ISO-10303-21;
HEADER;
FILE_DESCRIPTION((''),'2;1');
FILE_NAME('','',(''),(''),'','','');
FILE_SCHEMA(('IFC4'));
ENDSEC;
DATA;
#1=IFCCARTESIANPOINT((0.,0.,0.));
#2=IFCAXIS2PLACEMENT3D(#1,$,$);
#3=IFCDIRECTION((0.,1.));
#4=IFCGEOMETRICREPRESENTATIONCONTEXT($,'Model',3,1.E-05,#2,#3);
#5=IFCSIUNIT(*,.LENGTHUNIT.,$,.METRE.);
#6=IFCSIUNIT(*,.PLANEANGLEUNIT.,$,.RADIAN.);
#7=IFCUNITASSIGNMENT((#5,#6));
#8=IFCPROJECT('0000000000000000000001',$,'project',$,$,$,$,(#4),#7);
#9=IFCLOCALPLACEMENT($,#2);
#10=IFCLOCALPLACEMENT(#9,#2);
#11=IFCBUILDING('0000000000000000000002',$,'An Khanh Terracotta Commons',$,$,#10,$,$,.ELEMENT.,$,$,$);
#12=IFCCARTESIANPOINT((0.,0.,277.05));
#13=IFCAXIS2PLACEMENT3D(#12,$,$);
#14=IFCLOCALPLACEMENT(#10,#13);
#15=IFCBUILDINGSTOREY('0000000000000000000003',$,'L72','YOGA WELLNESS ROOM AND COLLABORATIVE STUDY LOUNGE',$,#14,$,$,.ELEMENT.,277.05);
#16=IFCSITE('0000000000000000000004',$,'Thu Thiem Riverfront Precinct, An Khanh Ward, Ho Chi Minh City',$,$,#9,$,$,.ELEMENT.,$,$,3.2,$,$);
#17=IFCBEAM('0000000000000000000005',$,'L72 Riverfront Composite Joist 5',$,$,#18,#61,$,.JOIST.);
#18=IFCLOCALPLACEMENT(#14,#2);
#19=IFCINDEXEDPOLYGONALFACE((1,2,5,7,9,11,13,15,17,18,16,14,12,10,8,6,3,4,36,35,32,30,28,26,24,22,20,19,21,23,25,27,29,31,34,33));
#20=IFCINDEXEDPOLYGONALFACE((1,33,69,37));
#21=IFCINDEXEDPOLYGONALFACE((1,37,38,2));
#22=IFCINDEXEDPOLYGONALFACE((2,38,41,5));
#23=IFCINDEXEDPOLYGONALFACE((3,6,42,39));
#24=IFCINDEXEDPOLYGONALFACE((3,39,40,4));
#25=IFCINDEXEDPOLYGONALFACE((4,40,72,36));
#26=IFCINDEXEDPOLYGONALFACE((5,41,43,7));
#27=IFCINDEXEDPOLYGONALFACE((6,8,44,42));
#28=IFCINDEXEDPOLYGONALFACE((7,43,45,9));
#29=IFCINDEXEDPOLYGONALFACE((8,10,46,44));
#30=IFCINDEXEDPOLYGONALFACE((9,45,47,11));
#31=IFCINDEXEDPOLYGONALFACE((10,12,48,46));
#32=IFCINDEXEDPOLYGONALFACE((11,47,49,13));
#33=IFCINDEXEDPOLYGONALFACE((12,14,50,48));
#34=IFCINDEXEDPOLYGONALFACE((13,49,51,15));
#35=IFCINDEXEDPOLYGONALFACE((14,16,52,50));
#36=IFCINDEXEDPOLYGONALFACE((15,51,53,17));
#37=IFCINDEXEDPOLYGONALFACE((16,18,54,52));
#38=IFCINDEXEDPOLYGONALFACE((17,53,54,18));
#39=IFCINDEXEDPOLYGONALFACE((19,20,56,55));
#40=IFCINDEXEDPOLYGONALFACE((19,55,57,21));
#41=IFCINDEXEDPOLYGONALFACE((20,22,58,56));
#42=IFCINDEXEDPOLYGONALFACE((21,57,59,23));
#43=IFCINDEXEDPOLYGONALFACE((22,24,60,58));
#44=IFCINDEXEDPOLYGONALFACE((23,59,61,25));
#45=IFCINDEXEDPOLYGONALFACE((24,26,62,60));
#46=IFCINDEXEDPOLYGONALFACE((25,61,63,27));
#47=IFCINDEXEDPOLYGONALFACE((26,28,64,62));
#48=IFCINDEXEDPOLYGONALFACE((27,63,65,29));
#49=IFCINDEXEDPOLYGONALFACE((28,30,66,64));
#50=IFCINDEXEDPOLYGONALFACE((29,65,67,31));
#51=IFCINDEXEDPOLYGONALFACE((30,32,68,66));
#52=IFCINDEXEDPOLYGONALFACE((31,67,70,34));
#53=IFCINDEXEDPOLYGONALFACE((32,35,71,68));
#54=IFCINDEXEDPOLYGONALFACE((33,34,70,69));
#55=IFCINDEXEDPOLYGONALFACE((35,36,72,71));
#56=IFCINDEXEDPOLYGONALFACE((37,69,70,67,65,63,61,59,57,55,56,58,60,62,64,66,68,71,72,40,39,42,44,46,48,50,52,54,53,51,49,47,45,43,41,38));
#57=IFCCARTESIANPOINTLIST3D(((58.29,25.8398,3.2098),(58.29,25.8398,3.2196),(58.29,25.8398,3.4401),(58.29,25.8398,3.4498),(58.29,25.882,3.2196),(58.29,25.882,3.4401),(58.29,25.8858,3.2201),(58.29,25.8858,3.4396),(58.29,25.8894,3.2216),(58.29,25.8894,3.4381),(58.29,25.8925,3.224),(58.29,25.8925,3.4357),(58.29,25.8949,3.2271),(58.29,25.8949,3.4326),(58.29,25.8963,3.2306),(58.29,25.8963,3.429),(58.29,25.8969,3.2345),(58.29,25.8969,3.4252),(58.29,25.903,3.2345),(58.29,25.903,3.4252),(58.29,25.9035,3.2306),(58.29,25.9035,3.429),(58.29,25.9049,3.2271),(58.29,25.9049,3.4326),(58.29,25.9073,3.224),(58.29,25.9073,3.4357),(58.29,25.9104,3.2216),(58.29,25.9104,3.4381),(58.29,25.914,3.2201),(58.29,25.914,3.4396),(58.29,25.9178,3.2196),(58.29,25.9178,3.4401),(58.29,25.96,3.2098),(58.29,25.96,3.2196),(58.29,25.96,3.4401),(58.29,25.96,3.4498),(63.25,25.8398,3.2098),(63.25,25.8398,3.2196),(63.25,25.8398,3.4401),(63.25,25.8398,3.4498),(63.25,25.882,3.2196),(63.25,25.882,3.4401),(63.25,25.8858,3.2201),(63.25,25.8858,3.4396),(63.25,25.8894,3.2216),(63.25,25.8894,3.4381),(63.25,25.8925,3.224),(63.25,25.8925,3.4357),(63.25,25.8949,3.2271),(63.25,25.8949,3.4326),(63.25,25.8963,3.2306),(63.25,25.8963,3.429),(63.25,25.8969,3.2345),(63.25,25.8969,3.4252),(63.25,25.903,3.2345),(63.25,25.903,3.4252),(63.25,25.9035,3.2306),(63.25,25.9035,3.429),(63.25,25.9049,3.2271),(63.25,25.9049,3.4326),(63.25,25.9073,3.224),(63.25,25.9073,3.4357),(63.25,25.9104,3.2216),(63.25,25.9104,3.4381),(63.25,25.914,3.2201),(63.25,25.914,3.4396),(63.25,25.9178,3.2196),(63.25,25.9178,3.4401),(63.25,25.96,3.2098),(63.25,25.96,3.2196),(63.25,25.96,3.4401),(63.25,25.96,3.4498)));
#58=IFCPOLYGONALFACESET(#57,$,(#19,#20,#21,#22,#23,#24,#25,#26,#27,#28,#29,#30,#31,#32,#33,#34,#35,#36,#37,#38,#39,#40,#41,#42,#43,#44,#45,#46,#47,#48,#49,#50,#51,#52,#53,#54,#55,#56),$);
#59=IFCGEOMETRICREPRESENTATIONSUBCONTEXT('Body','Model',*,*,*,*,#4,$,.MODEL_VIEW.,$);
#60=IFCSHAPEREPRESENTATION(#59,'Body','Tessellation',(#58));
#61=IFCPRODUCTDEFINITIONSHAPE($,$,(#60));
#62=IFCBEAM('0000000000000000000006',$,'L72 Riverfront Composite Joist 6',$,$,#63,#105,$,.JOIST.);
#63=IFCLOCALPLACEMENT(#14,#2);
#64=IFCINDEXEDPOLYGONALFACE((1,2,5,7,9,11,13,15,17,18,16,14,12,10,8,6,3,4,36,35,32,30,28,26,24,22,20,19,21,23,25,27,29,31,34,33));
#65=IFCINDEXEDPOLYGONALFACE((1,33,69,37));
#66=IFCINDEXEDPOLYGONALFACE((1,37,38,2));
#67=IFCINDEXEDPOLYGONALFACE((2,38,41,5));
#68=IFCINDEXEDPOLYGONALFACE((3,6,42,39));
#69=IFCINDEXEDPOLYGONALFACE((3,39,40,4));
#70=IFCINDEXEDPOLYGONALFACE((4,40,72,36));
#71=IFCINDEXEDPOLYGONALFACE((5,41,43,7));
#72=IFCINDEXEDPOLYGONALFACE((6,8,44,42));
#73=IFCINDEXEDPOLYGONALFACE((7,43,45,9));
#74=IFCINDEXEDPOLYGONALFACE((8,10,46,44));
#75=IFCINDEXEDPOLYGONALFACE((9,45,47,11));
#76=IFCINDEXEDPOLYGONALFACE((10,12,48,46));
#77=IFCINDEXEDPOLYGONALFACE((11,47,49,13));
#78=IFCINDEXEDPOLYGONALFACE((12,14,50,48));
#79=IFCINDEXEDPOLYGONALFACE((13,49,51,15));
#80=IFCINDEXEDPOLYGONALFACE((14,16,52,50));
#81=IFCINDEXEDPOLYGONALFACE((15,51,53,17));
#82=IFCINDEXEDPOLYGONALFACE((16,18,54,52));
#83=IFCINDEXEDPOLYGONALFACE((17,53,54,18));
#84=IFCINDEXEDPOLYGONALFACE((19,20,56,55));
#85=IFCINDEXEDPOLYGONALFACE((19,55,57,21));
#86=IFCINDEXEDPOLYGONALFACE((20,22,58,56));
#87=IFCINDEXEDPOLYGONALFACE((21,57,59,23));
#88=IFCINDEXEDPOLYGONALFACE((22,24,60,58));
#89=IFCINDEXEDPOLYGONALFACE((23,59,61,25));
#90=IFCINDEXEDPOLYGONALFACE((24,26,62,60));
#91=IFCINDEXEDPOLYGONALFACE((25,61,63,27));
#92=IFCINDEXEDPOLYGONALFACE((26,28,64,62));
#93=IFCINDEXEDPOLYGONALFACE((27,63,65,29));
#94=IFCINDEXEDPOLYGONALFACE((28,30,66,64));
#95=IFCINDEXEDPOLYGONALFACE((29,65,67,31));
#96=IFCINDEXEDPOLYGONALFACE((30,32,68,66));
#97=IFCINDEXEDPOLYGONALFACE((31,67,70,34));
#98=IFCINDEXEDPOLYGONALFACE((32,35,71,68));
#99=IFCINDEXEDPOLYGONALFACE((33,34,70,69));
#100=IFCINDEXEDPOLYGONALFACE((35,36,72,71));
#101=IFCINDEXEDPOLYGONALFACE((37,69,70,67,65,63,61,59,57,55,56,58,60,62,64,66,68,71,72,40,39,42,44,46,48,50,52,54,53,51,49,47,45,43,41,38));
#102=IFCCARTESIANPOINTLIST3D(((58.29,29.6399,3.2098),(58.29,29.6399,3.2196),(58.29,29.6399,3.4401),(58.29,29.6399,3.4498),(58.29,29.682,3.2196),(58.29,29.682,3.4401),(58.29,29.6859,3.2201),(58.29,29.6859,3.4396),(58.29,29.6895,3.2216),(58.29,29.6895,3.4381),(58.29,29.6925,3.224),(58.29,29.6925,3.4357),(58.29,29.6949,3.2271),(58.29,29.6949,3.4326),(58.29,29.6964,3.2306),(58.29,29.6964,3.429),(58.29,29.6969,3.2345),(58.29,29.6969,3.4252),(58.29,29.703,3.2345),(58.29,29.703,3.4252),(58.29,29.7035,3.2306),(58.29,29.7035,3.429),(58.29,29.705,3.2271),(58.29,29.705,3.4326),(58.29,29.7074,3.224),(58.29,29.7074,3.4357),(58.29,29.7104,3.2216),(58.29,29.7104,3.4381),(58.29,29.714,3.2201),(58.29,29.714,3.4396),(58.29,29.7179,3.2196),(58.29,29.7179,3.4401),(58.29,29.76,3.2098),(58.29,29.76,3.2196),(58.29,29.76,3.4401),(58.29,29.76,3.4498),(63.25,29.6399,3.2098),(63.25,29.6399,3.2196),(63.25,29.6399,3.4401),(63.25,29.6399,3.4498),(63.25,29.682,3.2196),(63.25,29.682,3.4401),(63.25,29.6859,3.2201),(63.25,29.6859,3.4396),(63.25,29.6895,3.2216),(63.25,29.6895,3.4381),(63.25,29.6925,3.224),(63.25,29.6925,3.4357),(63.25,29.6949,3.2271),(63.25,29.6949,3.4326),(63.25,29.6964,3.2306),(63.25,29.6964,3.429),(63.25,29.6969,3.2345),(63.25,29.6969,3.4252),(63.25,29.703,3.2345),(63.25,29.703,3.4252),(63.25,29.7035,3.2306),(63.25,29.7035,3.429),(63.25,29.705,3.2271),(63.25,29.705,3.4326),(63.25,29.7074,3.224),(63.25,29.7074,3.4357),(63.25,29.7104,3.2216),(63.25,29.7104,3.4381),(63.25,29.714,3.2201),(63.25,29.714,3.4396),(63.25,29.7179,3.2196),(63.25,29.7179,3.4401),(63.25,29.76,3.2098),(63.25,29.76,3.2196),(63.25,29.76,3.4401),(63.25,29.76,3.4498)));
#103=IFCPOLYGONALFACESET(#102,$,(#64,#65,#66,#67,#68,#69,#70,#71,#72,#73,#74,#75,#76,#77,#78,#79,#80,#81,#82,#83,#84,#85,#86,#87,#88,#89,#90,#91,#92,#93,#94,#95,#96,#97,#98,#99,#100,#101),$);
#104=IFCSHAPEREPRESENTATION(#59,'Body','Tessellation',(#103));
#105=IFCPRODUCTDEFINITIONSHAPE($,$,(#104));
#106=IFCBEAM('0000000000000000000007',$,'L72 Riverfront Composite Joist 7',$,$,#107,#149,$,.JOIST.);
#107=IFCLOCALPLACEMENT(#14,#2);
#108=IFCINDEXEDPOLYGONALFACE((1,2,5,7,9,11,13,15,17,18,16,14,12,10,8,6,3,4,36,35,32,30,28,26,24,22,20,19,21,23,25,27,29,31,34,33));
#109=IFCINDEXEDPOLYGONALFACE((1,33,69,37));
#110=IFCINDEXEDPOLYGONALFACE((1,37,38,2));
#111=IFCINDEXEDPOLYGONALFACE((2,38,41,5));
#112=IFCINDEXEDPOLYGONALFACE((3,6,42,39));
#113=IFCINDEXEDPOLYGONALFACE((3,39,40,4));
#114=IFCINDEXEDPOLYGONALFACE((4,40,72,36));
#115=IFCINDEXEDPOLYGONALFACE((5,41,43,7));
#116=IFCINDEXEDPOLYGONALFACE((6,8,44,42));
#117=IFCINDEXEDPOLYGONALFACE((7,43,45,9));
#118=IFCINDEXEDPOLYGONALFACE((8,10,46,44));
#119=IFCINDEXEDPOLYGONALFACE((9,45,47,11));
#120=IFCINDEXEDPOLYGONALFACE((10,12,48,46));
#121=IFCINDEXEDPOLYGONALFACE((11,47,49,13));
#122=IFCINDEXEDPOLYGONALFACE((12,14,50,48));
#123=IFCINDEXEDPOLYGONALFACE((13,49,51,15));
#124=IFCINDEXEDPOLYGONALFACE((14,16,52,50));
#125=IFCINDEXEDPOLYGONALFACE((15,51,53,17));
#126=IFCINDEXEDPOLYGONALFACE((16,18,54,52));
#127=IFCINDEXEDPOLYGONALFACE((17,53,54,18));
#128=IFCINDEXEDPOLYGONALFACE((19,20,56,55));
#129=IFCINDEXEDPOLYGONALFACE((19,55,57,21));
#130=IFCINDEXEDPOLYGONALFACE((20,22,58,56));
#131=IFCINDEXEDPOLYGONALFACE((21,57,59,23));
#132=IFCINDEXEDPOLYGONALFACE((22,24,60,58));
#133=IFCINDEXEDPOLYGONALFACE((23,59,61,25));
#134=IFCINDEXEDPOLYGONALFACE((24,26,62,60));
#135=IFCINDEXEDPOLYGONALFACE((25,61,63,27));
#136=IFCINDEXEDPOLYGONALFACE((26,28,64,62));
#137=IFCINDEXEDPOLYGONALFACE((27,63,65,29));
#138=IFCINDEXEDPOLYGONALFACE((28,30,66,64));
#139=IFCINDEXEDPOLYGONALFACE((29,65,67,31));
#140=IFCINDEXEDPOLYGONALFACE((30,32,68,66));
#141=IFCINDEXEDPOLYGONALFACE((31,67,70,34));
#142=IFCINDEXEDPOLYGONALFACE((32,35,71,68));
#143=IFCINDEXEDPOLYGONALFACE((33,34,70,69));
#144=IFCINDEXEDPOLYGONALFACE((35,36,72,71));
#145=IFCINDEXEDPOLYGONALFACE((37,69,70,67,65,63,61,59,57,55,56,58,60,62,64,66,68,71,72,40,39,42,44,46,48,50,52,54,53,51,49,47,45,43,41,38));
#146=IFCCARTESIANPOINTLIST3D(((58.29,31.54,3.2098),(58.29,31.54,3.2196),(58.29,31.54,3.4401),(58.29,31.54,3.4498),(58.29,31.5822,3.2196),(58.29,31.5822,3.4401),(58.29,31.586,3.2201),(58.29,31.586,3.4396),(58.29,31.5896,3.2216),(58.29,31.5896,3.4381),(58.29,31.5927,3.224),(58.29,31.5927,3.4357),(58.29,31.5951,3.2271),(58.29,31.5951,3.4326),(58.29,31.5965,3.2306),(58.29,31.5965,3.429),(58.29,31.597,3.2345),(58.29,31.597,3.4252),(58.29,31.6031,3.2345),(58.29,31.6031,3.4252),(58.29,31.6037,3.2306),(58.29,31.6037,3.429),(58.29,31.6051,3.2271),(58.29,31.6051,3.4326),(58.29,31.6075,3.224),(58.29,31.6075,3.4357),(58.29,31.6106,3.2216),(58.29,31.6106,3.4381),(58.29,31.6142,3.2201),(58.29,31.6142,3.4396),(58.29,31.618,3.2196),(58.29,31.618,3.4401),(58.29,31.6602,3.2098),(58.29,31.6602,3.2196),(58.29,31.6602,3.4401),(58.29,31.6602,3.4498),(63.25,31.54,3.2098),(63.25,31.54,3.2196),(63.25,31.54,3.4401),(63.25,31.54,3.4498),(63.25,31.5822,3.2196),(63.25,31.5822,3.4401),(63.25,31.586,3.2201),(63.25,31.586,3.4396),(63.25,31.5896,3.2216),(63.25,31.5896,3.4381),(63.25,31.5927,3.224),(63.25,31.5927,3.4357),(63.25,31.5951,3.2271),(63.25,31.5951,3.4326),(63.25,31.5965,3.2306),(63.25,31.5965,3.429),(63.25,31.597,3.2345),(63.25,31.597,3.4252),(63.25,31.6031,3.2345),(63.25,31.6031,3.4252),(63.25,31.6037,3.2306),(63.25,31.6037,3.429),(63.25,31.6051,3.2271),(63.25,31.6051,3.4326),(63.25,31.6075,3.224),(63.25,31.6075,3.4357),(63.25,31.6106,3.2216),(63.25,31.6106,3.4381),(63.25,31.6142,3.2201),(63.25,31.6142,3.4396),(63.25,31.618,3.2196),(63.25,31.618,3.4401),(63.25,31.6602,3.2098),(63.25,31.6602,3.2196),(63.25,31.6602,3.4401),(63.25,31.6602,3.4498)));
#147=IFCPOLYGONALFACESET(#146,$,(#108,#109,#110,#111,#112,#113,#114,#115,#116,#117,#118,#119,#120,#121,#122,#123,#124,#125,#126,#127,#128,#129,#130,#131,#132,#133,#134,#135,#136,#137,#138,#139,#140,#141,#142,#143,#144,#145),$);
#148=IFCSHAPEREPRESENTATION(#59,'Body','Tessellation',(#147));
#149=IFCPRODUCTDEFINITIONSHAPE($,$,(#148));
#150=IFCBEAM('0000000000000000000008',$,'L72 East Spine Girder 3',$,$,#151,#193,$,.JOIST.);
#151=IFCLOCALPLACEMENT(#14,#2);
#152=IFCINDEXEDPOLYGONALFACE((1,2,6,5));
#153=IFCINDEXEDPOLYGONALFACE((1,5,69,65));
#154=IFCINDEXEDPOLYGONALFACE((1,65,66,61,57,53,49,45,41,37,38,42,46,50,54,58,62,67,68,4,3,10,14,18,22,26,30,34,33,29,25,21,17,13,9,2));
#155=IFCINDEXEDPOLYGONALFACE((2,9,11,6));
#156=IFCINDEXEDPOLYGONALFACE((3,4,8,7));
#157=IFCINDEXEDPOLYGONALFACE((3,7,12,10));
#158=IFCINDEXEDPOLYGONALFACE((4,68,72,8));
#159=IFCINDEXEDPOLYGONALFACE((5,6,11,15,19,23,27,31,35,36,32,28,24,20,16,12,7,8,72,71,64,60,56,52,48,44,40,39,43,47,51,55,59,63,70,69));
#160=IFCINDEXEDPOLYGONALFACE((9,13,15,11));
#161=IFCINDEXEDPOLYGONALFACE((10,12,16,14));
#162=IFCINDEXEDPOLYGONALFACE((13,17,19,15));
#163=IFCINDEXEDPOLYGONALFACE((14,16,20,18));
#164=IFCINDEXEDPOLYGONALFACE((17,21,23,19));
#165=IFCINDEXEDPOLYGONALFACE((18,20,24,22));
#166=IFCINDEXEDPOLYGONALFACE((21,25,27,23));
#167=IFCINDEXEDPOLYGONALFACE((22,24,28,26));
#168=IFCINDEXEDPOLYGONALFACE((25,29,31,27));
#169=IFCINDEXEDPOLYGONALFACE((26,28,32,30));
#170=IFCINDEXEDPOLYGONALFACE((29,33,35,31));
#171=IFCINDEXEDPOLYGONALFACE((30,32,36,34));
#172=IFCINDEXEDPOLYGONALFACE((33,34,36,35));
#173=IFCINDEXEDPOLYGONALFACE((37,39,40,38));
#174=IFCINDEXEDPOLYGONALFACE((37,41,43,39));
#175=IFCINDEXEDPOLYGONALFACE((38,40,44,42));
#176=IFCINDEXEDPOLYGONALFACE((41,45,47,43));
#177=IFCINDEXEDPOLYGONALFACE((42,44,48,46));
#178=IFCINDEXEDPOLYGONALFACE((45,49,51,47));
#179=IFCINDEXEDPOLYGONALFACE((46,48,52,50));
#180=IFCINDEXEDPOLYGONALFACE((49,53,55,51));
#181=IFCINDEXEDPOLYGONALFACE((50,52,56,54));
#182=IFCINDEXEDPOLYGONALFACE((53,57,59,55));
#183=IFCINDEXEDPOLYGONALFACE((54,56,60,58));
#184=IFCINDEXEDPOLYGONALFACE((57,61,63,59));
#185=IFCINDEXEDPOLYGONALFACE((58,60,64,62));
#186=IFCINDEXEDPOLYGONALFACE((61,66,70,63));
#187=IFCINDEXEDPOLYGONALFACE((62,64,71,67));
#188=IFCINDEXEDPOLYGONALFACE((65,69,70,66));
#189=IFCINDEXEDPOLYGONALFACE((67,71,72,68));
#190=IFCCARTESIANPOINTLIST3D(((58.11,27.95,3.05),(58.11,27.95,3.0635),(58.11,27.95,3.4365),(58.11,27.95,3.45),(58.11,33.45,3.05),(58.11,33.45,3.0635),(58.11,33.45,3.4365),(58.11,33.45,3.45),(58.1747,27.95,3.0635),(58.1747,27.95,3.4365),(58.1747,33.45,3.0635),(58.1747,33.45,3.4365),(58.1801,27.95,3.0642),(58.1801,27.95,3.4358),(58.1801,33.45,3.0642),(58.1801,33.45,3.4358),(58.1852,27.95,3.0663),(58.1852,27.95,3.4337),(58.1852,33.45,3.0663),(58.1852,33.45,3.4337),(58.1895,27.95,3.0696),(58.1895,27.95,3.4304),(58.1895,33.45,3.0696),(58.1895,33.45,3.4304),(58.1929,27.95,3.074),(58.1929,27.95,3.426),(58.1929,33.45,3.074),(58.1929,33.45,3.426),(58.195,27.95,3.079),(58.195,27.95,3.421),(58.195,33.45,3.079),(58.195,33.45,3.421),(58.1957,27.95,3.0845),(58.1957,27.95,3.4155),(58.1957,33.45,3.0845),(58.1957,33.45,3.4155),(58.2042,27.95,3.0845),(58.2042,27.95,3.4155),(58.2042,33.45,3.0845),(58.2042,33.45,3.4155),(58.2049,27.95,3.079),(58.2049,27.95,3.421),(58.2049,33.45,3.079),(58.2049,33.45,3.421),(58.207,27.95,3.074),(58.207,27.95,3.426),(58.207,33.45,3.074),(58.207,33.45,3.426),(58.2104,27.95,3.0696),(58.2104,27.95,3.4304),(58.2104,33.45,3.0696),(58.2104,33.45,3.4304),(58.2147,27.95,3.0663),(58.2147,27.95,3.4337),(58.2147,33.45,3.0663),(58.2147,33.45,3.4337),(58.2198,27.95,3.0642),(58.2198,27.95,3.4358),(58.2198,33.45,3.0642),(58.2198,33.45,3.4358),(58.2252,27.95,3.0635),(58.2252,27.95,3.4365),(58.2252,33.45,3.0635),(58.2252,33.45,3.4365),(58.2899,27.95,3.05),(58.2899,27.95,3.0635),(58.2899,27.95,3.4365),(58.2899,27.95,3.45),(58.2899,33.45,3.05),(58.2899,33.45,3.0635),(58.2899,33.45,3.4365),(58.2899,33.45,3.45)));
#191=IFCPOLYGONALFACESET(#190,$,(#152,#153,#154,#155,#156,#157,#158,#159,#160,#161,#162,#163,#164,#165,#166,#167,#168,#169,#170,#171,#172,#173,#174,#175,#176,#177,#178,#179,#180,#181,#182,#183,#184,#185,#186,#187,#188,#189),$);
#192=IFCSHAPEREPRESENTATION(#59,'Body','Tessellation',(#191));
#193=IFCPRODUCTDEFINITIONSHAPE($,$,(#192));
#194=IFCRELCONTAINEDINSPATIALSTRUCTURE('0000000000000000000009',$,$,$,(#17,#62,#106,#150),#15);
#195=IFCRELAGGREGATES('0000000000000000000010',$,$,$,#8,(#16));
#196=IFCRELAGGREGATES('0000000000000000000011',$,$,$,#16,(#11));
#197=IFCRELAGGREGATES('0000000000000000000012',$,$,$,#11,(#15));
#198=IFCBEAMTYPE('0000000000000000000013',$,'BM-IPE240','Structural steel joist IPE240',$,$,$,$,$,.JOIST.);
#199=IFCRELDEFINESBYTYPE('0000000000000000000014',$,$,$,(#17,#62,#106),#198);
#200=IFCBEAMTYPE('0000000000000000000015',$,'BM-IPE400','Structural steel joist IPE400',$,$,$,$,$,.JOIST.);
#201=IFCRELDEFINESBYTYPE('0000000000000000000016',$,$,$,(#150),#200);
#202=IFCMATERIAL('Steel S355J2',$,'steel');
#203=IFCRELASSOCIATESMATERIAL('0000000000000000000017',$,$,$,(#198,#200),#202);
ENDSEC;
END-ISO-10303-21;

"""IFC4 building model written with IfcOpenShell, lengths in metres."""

from ifc_helpers import new_model, si_unit, direction, frame, origin, origin_2d, place, context, subcontext, project, spatial, i_section, extrude, material, material_profile, profile_set, type_object, element, save


model = new_model("IFC4")

# Units and contexts
model_context = context("Model", 3, precision=1e-05, world=origin(), true_north=direction((0.0, 1.0)))
body_context = subcontext(model_context, "Body", "Model", "MODEL_VIEW")
ifc_project = project(units=[si_unit("LENGTHUNIT", "METRE"), si_unit("PLANEANGLEUNIT", "RADIAN")], contexts=[model_context])

# Site, building, storey
site_placement = place(None, origin())
site = spatial("IfcSite", under=ifc_project, at=site_placement, Name="Thu Thiem Riverfront Precinct, An Khanh Ward, Ho Chi Minh City", CompositionType="ELEMENT", RefElevation=3.2)
building_placement = place(site_placement, origin())
building = spatial("IfcBuilding", under=site, at=building_placement, Name="An Khanh Terracotta Commons", CompositionType="ELEMENT")
storey_placement = place(building_placement, frame((0.0, 0.0, 277.05)))
storey = spatial("IfcBuildingStorey", under=building, at=storey_placement, Name="L72", Description="YOGA WELLNESS ROOM AND COLLABORATIVE STUDY LOUNGE", CompositionType="ELEMENT", Elevation=277.05)

# Beams
ifc_material_1 = material(Name="Steel S355J2", Category="steel")
ifc_material_profile_1 = material_profile(ifc_material_1, i_section(OverallWidth=0.1201, OverallDepth=0.24, WebThickness=0.0061, FlangeThickness=0.0098, FilletRadius=0.0149, at=origin_2d()), Name="IPE240")
ifc_profile_set_1 = profile_set([ifc_material_profile_1], Name="Steel S355J2")
beam_type_1 = type_object("IfcBeamType", Name="BM-IPE240", Description="Structural steel joist IPE240", PredefinedType="JOIST", material=ifc_profile_set_1)
for number, where, z_axis, x_axis, name in (
    (1, (58.29, 25.8999, 3.3298), (1.0, 0.0, 0.0), (0.0, 1.0, 0.0), "L72 Riverfront Composite Joist 5"),
    (2, (58.29, 29.7, 3.3298), (1.0, 0.0, 0.0), (0.0, 1.0, 0.0), "L72 Riverfront Composite Joist 6"),
    (3, (58.29, 31.6001, 3.3298), (1.0, 0.0, 0.0), (0.0, 1.0, 0.0), "L72 Riverfront Composite Joist 7"),
):
    element("IfcBeam", number, at=place(storey_placement, frame(where, z_axis=z_axis, x_axis=x_axis)), inside=storey, type_object=beam_type_1, Name=name, PredefinedType="JOIST", context=body_context, shape_type="SweptSolid", body=[
        extrude(i_section(OverallWidth=0.1201, OverallDepth=0.24, WebThickness=0.0061, FlangeThickness=0.0098, FilletRadius=0.0149, at=origin_2d()), origin(), (0.0, 0.0, 1.0), 4.96),
    ])
ifc_material_profile_2 = material_profile(ifc_material_1, i_section(OverallWidth=0.1799, OverallDepth=0.3999, WebThickness=0.0085, FlangeThickness=0.0134, FilletRadius=0.021, at=origin_2d()), Name="IPE400")
ifc_profile_set_2 = profile_set([ifc_material_profile_2], Name="Steel S355J2")
beam_type_2 = type_object("IfcBeamType", Name="BM-IPE400", Description="Structural steel joist IPE400", PredefinedType="JOIST", material=ifc_profile_set_2)
beam_1_placement = place(storey_placement, frame((58.2, 27.95, 3.25), z_axis=(0.0, 1.0, 0.0), x_axis=(-1.0, 0.0, 0.0)))
element("IfcBeam", 4, at=beam_1_placement, inside=storey, type_object=beam_type_2, Name="L72 East Spine Girder 3", PredefinedType="JOIST", context=body_context, shape_type="SweptSolid", body=[
    extrude(i_section(OverallWidth=0.1799, OverallDepth=0.3999, WebThickness=0.0085, FlangeThickness=0.0134, FilletRadius=0.021, at=origin_2d()), origin(), (0.0, 0.0, 1.0), 5.5),
])

save(model, "model.ifc")
